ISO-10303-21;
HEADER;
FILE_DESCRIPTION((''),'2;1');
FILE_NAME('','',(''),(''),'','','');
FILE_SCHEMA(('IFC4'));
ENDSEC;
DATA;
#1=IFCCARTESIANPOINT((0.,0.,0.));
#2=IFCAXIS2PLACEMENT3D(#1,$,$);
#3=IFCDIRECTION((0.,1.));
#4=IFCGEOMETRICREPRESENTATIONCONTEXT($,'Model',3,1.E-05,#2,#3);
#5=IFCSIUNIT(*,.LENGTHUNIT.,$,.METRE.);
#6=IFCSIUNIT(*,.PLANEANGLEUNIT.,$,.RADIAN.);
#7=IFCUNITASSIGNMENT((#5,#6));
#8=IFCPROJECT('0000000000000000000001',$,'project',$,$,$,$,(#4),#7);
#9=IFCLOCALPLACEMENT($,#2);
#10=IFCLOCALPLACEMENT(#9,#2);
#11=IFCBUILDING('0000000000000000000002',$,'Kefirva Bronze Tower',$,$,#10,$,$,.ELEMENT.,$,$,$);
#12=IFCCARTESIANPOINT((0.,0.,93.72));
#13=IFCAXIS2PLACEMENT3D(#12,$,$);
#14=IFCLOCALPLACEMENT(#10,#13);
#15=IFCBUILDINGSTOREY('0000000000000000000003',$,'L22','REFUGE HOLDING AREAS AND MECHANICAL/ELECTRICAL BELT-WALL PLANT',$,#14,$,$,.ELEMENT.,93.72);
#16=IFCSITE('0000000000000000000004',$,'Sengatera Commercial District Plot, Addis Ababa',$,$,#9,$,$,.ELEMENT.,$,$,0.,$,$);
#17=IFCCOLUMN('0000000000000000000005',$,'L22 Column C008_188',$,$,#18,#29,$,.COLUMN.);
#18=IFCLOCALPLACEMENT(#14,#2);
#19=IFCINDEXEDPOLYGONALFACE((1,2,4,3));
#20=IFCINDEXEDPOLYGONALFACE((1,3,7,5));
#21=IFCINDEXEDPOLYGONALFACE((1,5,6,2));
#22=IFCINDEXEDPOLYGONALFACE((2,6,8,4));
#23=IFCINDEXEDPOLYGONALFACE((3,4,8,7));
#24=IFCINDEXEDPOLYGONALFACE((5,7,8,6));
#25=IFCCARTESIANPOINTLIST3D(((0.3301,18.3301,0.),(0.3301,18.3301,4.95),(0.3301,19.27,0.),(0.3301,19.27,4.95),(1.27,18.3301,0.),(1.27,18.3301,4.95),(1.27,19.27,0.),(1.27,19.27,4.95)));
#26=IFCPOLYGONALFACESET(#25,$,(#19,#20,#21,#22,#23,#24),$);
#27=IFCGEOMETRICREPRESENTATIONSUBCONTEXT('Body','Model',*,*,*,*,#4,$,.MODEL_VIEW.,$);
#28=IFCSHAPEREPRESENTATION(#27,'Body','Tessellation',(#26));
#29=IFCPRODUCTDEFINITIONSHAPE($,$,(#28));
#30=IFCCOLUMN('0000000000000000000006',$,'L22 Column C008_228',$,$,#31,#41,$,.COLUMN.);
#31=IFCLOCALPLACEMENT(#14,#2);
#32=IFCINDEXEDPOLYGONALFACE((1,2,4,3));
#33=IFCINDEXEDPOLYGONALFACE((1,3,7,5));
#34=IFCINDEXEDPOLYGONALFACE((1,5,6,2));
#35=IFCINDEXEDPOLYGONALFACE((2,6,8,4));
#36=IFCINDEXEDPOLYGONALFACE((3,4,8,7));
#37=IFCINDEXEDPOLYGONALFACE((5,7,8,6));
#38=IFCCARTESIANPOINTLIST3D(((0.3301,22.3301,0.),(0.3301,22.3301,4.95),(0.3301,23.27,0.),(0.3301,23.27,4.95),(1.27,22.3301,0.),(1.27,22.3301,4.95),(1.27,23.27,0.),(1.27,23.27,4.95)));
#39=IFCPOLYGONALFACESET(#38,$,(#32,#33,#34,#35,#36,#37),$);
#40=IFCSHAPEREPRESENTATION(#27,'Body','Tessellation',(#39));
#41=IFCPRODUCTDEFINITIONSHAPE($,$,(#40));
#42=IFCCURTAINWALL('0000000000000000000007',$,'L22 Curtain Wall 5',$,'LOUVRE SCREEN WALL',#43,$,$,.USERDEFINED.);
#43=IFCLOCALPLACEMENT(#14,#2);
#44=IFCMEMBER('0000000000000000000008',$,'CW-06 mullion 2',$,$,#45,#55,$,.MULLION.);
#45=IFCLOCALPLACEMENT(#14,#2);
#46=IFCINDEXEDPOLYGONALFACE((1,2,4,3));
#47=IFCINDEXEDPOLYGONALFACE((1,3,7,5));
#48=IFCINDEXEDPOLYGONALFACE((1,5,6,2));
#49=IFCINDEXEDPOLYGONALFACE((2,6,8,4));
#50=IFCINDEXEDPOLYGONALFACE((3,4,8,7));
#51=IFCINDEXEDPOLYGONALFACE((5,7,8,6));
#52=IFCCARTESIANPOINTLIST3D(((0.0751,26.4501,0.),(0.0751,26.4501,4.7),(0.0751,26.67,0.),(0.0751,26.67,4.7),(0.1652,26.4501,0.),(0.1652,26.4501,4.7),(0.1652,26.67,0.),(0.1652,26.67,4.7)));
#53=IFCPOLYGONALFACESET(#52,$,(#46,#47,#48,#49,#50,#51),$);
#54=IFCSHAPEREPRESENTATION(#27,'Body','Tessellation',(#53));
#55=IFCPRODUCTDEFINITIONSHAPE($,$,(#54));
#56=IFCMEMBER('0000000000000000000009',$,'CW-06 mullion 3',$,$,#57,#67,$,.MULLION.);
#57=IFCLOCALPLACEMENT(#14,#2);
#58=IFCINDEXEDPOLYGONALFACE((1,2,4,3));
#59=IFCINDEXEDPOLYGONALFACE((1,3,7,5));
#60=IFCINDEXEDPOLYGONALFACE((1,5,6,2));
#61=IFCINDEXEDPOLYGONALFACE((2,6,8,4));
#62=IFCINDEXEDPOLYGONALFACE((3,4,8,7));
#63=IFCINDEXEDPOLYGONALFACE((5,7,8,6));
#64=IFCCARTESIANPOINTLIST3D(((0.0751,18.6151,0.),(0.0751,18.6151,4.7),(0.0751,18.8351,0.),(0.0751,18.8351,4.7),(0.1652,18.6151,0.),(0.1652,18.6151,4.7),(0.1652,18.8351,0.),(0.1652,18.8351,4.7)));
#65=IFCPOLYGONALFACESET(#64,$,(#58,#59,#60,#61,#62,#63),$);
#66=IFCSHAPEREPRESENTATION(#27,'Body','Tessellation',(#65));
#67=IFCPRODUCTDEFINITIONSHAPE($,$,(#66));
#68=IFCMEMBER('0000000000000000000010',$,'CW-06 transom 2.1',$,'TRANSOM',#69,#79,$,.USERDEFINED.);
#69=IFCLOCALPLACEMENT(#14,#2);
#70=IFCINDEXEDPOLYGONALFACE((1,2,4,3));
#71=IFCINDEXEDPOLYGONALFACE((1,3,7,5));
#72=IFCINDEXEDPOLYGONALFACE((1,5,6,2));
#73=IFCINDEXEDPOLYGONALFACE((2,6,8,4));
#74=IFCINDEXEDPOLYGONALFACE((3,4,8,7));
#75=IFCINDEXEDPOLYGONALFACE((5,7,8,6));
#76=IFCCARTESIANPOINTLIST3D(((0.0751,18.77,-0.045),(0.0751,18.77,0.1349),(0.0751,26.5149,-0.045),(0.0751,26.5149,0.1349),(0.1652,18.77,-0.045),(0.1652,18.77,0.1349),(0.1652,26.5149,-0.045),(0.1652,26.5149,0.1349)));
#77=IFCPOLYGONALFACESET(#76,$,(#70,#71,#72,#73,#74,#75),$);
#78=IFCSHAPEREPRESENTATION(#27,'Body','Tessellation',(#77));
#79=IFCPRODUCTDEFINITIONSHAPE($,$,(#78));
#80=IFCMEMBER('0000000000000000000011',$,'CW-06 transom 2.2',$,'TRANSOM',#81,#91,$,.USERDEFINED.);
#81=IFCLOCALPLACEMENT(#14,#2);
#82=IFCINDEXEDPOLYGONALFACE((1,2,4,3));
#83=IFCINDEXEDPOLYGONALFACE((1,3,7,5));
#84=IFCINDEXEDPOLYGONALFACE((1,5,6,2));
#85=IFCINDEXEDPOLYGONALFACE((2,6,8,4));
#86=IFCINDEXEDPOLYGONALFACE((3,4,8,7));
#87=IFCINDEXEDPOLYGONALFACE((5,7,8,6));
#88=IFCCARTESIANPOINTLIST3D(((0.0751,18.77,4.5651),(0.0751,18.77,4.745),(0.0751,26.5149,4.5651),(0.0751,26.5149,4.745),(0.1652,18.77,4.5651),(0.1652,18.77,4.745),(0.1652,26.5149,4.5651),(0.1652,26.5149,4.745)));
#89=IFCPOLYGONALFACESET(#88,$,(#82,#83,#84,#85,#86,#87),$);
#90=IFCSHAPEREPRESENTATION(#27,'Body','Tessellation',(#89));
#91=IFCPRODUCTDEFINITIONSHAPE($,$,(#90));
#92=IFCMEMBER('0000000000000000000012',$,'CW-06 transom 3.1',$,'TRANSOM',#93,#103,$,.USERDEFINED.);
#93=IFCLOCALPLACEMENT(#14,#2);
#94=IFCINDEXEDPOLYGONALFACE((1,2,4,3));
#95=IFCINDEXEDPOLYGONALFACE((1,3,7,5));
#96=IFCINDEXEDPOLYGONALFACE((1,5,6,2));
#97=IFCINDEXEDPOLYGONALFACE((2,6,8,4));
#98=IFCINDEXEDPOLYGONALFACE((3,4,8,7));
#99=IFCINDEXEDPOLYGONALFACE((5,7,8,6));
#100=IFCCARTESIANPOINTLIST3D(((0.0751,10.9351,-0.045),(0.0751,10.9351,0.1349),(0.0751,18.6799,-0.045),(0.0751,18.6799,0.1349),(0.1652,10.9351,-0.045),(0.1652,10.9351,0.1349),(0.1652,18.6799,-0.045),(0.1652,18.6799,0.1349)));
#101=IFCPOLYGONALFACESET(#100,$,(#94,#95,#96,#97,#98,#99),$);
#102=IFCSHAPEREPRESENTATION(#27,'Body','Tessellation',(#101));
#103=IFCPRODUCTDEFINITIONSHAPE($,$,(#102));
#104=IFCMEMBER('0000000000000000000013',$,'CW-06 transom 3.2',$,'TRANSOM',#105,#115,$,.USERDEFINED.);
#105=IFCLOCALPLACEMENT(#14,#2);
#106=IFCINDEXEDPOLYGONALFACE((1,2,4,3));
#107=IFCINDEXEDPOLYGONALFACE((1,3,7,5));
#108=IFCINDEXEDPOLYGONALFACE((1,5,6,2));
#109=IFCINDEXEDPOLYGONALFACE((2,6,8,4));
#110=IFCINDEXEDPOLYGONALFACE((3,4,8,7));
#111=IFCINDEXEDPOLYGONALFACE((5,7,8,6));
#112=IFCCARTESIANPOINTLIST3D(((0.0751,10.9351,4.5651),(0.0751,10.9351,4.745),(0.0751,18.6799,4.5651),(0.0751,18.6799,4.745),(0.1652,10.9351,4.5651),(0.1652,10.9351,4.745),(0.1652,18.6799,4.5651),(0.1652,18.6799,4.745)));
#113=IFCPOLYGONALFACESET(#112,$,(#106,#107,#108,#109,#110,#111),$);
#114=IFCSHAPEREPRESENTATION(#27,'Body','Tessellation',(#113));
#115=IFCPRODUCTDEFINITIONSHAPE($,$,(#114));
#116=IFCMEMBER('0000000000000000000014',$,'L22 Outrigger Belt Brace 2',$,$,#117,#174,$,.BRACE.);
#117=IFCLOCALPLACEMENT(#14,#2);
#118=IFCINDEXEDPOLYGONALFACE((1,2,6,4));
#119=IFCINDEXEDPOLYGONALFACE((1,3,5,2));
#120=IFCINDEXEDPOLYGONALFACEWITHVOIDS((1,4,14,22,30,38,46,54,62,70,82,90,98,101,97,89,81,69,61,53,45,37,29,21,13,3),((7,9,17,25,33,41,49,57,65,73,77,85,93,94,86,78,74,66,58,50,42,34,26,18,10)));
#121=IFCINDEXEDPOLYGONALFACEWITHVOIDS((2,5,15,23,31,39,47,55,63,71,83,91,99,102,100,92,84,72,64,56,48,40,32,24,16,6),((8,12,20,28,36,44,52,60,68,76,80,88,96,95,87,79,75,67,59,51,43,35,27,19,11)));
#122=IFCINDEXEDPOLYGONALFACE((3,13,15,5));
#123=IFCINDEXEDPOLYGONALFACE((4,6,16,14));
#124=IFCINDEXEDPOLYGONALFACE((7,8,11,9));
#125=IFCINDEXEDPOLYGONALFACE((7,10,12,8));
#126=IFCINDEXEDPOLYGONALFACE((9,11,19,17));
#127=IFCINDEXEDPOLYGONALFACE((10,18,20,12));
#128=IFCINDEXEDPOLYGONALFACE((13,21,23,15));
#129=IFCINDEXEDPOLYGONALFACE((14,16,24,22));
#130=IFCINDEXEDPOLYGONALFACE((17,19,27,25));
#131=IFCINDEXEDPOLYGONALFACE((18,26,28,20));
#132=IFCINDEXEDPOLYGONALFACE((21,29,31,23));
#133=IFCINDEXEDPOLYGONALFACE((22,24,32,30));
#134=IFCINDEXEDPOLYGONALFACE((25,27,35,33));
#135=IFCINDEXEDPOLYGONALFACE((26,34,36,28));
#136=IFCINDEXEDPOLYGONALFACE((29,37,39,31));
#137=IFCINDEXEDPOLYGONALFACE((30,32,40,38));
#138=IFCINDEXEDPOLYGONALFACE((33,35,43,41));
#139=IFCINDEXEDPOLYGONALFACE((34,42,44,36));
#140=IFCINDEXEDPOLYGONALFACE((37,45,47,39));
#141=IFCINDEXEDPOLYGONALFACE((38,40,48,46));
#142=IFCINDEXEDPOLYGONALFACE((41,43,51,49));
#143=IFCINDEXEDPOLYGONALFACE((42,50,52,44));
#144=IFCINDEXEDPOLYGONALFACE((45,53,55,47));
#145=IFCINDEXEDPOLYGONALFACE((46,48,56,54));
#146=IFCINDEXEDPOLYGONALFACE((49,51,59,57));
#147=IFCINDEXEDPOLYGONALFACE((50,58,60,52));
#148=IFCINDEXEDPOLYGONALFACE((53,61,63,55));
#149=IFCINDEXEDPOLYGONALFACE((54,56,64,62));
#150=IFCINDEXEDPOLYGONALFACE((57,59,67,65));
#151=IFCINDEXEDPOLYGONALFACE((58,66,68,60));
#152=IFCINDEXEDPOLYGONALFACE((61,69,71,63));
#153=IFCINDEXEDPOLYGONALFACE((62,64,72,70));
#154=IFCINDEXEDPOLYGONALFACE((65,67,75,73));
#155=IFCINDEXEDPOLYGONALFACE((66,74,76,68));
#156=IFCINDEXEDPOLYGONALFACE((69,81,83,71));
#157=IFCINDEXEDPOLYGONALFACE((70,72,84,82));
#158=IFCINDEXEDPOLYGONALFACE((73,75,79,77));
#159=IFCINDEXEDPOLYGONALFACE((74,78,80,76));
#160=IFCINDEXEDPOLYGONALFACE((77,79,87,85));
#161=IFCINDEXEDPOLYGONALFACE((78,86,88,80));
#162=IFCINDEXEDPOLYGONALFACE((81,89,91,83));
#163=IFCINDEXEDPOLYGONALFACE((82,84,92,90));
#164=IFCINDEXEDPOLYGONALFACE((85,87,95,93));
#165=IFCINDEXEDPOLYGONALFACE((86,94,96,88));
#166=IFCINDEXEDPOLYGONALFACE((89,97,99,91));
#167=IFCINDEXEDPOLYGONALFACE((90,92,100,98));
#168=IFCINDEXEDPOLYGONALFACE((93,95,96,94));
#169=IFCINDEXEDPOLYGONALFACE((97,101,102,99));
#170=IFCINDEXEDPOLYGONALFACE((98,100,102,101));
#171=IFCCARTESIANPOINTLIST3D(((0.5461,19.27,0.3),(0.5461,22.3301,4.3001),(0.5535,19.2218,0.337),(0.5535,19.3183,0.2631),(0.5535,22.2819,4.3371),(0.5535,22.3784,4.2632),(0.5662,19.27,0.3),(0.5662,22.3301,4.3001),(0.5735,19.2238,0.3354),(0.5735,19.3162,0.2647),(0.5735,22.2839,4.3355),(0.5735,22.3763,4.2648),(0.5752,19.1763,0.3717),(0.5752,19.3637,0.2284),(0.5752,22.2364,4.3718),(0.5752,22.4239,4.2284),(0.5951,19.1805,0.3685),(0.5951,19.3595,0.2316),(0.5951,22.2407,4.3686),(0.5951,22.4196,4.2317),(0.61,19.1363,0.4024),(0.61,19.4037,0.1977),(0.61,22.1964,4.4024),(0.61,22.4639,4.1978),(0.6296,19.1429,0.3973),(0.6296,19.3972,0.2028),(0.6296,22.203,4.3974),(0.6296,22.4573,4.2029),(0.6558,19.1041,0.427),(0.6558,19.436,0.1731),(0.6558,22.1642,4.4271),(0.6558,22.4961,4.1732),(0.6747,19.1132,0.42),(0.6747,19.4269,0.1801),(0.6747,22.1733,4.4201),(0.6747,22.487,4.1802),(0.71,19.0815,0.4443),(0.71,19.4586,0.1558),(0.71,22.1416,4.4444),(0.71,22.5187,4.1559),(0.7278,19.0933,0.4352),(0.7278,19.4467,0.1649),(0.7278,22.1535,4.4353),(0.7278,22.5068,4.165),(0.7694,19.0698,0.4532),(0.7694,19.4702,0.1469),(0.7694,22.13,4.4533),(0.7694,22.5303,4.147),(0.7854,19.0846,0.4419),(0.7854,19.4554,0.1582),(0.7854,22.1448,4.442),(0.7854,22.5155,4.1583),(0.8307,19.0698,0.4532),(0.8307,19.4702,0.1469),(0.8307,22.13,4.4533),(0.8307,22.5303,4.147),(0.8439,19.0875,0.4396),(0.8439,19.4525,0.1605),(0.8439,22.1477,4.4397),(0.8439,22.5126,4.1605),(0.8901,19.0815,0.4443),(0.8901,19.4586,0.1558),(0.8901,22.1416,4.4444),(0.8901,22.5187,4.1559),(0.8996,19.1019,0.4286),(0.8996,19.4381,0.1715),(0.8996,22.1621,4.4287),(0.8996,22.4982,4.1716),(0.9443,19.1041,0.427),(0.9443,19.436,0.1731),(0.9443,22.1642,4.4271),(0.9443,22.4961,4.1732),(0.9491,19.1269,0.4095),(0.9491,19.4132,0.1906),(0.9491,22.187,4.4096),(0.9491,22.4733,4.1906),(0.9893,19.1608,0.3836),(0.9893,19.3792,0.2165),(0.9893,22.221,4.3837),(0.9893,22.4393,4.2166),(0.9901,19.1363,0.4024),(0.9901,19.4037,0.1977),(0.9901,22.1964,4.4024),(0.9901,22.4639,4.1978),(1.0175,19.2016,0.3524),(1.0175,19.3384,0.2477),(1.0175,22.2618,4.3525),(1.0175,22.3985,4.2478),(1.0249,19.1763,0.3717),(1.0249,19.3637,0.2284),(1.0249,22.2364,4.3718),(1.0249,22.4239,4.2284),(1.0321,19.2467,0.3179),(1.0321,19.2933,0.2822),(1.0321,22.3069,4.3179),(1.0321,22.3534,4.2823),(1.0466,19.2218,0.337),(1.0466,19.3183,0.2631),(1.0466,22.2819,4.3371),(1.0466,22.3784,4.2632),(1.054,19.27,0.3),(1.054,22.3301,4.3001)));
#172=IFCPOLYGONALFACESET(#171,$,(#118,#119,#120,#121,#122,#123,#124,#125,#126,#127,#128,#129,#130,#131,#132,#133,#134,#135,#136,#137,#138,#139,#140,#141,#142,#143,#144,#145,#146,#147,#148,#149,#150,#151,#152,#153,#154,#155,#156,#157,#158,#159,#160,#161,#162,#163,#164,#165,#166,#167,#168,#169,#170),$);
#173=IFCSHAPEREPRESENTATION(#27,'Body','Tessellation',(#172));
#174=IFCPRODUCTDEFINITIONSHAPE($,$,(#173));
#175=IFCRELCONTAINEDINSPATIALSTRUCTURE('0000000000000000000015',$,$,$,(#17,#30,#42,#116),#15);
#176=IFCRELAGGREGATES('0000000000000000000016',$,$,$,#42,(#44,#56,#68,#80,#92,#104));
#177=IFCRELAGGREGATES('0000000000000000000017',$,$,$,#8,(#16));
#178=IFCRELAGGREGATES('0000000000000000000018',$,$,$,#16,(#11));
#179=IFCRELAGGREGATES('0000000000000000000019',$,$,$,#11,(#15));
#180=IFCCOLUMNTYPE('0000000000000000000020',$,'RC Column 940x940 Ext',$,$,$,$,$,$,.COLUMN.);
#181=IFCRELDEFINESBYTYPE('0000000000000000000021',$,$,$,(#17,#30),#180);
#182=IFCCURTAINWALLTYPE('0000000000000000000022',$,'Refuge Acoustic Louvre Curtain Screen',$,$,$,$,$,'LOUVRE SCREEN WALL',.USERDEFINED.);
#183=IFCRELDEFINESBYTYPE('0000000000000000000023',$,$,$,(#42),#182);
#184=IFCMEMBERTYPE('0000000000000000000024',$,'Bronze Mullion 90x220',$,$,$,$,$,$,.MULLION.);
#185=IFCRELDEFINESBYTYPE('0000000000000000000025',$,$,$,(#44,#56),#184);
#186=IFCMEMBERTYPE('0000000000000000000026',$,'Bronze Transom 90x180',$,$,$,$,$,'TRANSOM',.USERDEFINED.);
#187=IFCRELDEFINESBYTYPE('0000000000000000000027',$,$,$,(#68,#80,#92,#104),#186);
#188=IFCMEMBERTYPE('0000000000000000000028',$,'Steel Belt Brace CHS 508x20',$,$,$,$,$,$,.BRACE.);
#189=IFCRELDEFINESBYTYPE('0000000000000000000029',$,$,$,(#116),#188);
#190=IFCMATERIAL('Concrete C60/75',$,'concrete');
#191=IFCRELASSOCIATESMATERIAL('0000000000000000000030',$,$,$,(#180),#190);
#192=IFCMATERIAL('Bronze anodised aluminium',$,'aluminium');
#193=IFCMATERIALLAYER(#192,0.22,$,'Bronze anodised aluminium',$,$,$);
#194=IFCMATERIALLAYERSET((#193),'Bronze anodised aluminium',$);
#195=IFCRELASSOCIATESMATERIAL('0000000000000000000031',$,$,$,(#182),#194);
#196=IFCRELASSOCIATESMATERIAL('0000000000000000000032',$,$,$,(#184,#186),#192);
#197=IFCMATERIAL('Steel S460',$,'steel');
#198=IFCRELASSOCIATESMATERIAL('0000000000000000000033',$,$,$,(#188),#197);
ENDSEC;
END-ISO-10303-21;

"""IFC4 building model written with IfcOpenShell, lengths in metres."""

from ifc_helpers import new_model, si_unit, direction, frame, origin, origin_2d, place, context, subcontext, project, spatial, rectangle, hollow_circle, extrude, material, layer, layer_set, material_profile, profile_set, type_object, element, aggregate, save


model = new_model("IFC4")

# Units and contexts
model_context = context("Model", 3, precision=1e-05, world=origin(), true_north=direction((0.0, 1.0)))
body_context = subcontext(model_context, "Body", "Model", "MODEL_VIEW")
ifc_project = project(units=[si_unit("LENGTHUNIT", "METRE"), si_unit("PLANEANGLEUNIT", "RADIAN")], contexts=[model_context])

# Site, building, storey
site_placement = place(None, origin())
site = spatial("IfcSite", under=ifc_project, at=site_placement, Name="Sengatera Commercial District Plot, Addis Ababa", CompositionType="ELEMENT", RefElevation=0.0)
building_placement = place(site_placement, origin())
building = spatial("IfcBuilding", under=site, at=building_placement, Name="Kefirva Bronze Tower", CompositionType="ELEMENT")
storey_placement = place(building_placement, frame((0.0, 0.0, 93.72)))
storey = spatial("IfcBuildingStorey", under=building, at=storey_placement, Name="L22", Description="REFUGE HOLDING AREAS AND MECHANICAL/ELECTRICAL BELT-WALL PLANT", CompositionType="ELEMENT", Elevation=93.72)

# Columns
ifc_material_1 = material(Name="Concrete C60/75", Category="concrete")
ifc_material_profile_1 = material_profile(ifc_material_1, rectangle(XDim=0.9399, YDim=0.9399, at=origin_2d()), Name="RC 940x940")
ifc_profile_set_1 = profile_set([ifc_material_profile_1], Name="Concrete C60/75")
column_type = type_object("IfcColumnType", Name="RC Column 940x940 Ext", PredefinedType="COLUMN", material=ifc_profile_set_1)
for number, where, z_axis, x_axis, name in (
    (1, (0.8, 18.8, 0.0), (0.0, 0.0, 1.0), (1.0, 0.0, 0.0), "L22 Column C008_188"),
    (2, (0.8, 22.8, 0.0), (0.0, 0.0, 1.0), (1.0, 0.0, 0.0), "L22 Column C008_228"),
):
    element("IfcColumn", number, at=place(storey_placement, frame(where, z_axis=z_axis, x_axis=x_axis)), inside=storey, type_object=column_type, Name=name, PredefinedType="COLUMN", context=body_context, shape_type="SweptSolid", body=[
        extrude(rectangle(XDim=0.9399, YDim=0.9399, at=origin_2d()), origin(), (0.0, 0.0, 1.0), 4.95),
    ])

# Curtain wall, members
ifc_material_2 = material(Name="Bronze anodised aluminium", Category="aluminium")
ifc_layer_1 = layer(ifc_material_2, 0.22, Name="Bronze anodised aluminium")
ifc_layer_set_1 = layer_set([ifc_layer_1], Name="Bronze anodised aluminium")
curtain_wall_type = type_object("IfcCurtainWallType", Name="Refuge Acoustic Louvre Curtain Screen", ElementType="LOUVRE SCREEN WALL", PredefinedType="USERDEFINED", material=ifc_layer_set_1)
curtain_wall_placement = place(storey_placement, origin())
curtain_wall = element("IfcCurtainWall", 3, at=curtain_wall_placement, inside=storey, type_object=curtain_wall_type, Name="L22 Curtain Wall 5", ObjectType="LOUVRE SCREEN WALL", PredefinedType="USERDEFINED")
ifc_material_profile_2 = material_profile(ifc_material_2, rectangle(XDim=0.0901, YDim=0.22, at=origin_2d()), Name="ALU 90x220")
ifc_profile_set_2 = profile_set([ifc_material_profile_2], Name="Bronze anodised aluminium")
member_type_1 = type_object("IfcMemberType", Name="Bronze Mullion 90x220", PredefinedType="MULLION", material=ifc_profile_set_2)
member_1_placement = place(storey_placement, frame((0.1201, 26.5601, 0.0), z_axis=(0.0, 0.0, 1.0), x_axis=(1.0, 0.0, 0.0)))
member_1 = element("IfcMember", 4, at=member_1_placement, type_object=member_type_1, Name="CW-06 mullion 2", PredefinedType="MULLION", context=body_context, shape_type="SweptSolid", body=[
    extrude(rectangle(XDim=0.0901, YDim=0.22, at=origin_2d()), origin(), (0.0, 0.0, 1.0), 4.7),
])
member_2_placement = place(storey_placement, frame((0.1201, 18.7251, 0.0), z_axis=(0.0, 0.0, 1.0), x_axis=(1.0, 0.0, 0.0)))
member_2 = element("IfcMember", 5, at=member_2_placement, type_object=member_type_1, Name="CW-06 mullion 3", PredefinedType="MULLION", context=body_context, shape_type="SweptSolid", body=[
    extrude(rectangle(XDim=0.0901, YDim=0.22, at=origin_2d()), origin(), (0.0, 0.0, 1.0), 4.7),
])
ifc_material_profile_3 = material_profile(ifc_material_2, rectangle(XDim=0.0901, YDim=0.1799, at=origin_2d()), Name="ALU 90x180")
ifc_profile_set_3 = profile_set([ifc_material_profile_3], Name="Bronze anodised aluminium")
member_type_2 = type_object("IfcMemberType", Name="Bronze Transom 90x180", ElementType="TRANSOM", PredefinedType="USERDEFINED", material=ifc_profile_set_3)
member_3_placement = place(storey_placement, frame((0.1201, 26.5149, 0.0449), z_axis=(0.0, -1.0, 0.0), x_axis=(1.0, 0.0, 0.0)))
member_3 = element("IfcMember", 6, at=member_3_placement, type_object=member_type_2, Name="CW-06 transom 2.1", ObjectType="TRANSOM", PredefinedType="USERDEFINED", context=body_context, shape_type="SweptSolid", body=[
    extrude(rectangle(XDim=0.0901, YDim=0.1799, at=origin_2d()), origin(), (0.0, 0.0, 1.0), 7.7449),
])
member_4_placement = place(storey_placement, frame((0.1201, 26.5149, 4.655), z_axis=(0.0, -1.0, 0.0), x_axis=(1.0, 0.0, 0.0)))
member_4 = element("IfcMember", 7, at=member_4_placement, type_object=member_type_2, Name="CW-06 transom 2.2", ObjectType="TRANSOM", PredefinedType="USERDEFINED", context=body_context, shape_type="SweptSolid", body=[
    extrude(rectangle(XDim=0.0901, YDim=0.1799, at=origin_2d()), origin(), (0.0, 0.0, 1.0), 7.7449),
])
member_5_placement = place(storey_placement, frame((0.1201, 18.6799, 0.0449), z_axis=(0.0, -1.0, 0.0), x_axis=(1.0, 0.0, 0.0)))
member_5 = element("IfcMember", 8, at=member_5_placement, type_object=member_type_2, Name="CW-06 transom 3.1", ObjectType="TRANSOM", PredefinedType="USERDEFINED", context=body_context, shape_type="SweptSolid", body=[
    extrude(rectangle(XDim=0.0901, YDim=0.1799, at=origin_2d()), origin(), (0.0, 0.0, 1.0), 7.7449),
])
member_6_placement = place(storey_placement, frame((0.1201, 18.6799, 4.655), z_axis=(0.0, -1.0, 0.0), x_axis=(1.0, 0.0, 0.0)))
member_6 = element("IfcMember", 9, at=member_6_placement, type_object=member_type_2, Name="CW-06 transom 3.2", ObjectType="TRANSOM", PredefinedType="USERDEFINED", context=body_context, shape_type="SweptSolid", body=[
    extrude(rectangle(XDim=0.0901, YDim=0.1799, at=origin_2d()), origin(), (0.0, 0.0, 1.0), 7.7449),
])

# Member
ifc_material_3 = material(Name="Steel S460", Category="steel")
ifc_material_profile_4 = material_profile(ifc_material_3, hollow_circle(Radius=0.2539, WallThickness=0.02, at=origin_2d()), Name="CHS 508x20")
ifc_profile_set_4 = profile_set([ifc_material_profile_4], Name="Steel S460")
member_type_3 = type_object("IfcMemberType", Name="Steel Belt Brace CHS 508x20", PredefinedType="BRACE", material=ifc_profile_set_4)
member_7_placement = place(storey_placement, frame((0.8, 19.27, 0.3), z_axis=(0.0, 0.607605, 0.794239), x_axis=(-1.0, 0.0, 0.0)))
element("IfcMember", 10, at=member_7_placement, inside=storey, type_object=member_type_3, Name="L22 Outrigger Belt Brace 2", PredefinedType="BRACE", context=body_context, shape_type="SweptSolid", body=[
    extrude(hollow_circle(Radius=0.2539, WallThickness=0.02, at=origin_2d()), origin(), (0.0, 0.0, 1.0), 5.0364),
])

aggregate(curtain_wall, [member_1, member_2, member_3, member_4, member_5, member_6])

save(model, "model.ifc")
